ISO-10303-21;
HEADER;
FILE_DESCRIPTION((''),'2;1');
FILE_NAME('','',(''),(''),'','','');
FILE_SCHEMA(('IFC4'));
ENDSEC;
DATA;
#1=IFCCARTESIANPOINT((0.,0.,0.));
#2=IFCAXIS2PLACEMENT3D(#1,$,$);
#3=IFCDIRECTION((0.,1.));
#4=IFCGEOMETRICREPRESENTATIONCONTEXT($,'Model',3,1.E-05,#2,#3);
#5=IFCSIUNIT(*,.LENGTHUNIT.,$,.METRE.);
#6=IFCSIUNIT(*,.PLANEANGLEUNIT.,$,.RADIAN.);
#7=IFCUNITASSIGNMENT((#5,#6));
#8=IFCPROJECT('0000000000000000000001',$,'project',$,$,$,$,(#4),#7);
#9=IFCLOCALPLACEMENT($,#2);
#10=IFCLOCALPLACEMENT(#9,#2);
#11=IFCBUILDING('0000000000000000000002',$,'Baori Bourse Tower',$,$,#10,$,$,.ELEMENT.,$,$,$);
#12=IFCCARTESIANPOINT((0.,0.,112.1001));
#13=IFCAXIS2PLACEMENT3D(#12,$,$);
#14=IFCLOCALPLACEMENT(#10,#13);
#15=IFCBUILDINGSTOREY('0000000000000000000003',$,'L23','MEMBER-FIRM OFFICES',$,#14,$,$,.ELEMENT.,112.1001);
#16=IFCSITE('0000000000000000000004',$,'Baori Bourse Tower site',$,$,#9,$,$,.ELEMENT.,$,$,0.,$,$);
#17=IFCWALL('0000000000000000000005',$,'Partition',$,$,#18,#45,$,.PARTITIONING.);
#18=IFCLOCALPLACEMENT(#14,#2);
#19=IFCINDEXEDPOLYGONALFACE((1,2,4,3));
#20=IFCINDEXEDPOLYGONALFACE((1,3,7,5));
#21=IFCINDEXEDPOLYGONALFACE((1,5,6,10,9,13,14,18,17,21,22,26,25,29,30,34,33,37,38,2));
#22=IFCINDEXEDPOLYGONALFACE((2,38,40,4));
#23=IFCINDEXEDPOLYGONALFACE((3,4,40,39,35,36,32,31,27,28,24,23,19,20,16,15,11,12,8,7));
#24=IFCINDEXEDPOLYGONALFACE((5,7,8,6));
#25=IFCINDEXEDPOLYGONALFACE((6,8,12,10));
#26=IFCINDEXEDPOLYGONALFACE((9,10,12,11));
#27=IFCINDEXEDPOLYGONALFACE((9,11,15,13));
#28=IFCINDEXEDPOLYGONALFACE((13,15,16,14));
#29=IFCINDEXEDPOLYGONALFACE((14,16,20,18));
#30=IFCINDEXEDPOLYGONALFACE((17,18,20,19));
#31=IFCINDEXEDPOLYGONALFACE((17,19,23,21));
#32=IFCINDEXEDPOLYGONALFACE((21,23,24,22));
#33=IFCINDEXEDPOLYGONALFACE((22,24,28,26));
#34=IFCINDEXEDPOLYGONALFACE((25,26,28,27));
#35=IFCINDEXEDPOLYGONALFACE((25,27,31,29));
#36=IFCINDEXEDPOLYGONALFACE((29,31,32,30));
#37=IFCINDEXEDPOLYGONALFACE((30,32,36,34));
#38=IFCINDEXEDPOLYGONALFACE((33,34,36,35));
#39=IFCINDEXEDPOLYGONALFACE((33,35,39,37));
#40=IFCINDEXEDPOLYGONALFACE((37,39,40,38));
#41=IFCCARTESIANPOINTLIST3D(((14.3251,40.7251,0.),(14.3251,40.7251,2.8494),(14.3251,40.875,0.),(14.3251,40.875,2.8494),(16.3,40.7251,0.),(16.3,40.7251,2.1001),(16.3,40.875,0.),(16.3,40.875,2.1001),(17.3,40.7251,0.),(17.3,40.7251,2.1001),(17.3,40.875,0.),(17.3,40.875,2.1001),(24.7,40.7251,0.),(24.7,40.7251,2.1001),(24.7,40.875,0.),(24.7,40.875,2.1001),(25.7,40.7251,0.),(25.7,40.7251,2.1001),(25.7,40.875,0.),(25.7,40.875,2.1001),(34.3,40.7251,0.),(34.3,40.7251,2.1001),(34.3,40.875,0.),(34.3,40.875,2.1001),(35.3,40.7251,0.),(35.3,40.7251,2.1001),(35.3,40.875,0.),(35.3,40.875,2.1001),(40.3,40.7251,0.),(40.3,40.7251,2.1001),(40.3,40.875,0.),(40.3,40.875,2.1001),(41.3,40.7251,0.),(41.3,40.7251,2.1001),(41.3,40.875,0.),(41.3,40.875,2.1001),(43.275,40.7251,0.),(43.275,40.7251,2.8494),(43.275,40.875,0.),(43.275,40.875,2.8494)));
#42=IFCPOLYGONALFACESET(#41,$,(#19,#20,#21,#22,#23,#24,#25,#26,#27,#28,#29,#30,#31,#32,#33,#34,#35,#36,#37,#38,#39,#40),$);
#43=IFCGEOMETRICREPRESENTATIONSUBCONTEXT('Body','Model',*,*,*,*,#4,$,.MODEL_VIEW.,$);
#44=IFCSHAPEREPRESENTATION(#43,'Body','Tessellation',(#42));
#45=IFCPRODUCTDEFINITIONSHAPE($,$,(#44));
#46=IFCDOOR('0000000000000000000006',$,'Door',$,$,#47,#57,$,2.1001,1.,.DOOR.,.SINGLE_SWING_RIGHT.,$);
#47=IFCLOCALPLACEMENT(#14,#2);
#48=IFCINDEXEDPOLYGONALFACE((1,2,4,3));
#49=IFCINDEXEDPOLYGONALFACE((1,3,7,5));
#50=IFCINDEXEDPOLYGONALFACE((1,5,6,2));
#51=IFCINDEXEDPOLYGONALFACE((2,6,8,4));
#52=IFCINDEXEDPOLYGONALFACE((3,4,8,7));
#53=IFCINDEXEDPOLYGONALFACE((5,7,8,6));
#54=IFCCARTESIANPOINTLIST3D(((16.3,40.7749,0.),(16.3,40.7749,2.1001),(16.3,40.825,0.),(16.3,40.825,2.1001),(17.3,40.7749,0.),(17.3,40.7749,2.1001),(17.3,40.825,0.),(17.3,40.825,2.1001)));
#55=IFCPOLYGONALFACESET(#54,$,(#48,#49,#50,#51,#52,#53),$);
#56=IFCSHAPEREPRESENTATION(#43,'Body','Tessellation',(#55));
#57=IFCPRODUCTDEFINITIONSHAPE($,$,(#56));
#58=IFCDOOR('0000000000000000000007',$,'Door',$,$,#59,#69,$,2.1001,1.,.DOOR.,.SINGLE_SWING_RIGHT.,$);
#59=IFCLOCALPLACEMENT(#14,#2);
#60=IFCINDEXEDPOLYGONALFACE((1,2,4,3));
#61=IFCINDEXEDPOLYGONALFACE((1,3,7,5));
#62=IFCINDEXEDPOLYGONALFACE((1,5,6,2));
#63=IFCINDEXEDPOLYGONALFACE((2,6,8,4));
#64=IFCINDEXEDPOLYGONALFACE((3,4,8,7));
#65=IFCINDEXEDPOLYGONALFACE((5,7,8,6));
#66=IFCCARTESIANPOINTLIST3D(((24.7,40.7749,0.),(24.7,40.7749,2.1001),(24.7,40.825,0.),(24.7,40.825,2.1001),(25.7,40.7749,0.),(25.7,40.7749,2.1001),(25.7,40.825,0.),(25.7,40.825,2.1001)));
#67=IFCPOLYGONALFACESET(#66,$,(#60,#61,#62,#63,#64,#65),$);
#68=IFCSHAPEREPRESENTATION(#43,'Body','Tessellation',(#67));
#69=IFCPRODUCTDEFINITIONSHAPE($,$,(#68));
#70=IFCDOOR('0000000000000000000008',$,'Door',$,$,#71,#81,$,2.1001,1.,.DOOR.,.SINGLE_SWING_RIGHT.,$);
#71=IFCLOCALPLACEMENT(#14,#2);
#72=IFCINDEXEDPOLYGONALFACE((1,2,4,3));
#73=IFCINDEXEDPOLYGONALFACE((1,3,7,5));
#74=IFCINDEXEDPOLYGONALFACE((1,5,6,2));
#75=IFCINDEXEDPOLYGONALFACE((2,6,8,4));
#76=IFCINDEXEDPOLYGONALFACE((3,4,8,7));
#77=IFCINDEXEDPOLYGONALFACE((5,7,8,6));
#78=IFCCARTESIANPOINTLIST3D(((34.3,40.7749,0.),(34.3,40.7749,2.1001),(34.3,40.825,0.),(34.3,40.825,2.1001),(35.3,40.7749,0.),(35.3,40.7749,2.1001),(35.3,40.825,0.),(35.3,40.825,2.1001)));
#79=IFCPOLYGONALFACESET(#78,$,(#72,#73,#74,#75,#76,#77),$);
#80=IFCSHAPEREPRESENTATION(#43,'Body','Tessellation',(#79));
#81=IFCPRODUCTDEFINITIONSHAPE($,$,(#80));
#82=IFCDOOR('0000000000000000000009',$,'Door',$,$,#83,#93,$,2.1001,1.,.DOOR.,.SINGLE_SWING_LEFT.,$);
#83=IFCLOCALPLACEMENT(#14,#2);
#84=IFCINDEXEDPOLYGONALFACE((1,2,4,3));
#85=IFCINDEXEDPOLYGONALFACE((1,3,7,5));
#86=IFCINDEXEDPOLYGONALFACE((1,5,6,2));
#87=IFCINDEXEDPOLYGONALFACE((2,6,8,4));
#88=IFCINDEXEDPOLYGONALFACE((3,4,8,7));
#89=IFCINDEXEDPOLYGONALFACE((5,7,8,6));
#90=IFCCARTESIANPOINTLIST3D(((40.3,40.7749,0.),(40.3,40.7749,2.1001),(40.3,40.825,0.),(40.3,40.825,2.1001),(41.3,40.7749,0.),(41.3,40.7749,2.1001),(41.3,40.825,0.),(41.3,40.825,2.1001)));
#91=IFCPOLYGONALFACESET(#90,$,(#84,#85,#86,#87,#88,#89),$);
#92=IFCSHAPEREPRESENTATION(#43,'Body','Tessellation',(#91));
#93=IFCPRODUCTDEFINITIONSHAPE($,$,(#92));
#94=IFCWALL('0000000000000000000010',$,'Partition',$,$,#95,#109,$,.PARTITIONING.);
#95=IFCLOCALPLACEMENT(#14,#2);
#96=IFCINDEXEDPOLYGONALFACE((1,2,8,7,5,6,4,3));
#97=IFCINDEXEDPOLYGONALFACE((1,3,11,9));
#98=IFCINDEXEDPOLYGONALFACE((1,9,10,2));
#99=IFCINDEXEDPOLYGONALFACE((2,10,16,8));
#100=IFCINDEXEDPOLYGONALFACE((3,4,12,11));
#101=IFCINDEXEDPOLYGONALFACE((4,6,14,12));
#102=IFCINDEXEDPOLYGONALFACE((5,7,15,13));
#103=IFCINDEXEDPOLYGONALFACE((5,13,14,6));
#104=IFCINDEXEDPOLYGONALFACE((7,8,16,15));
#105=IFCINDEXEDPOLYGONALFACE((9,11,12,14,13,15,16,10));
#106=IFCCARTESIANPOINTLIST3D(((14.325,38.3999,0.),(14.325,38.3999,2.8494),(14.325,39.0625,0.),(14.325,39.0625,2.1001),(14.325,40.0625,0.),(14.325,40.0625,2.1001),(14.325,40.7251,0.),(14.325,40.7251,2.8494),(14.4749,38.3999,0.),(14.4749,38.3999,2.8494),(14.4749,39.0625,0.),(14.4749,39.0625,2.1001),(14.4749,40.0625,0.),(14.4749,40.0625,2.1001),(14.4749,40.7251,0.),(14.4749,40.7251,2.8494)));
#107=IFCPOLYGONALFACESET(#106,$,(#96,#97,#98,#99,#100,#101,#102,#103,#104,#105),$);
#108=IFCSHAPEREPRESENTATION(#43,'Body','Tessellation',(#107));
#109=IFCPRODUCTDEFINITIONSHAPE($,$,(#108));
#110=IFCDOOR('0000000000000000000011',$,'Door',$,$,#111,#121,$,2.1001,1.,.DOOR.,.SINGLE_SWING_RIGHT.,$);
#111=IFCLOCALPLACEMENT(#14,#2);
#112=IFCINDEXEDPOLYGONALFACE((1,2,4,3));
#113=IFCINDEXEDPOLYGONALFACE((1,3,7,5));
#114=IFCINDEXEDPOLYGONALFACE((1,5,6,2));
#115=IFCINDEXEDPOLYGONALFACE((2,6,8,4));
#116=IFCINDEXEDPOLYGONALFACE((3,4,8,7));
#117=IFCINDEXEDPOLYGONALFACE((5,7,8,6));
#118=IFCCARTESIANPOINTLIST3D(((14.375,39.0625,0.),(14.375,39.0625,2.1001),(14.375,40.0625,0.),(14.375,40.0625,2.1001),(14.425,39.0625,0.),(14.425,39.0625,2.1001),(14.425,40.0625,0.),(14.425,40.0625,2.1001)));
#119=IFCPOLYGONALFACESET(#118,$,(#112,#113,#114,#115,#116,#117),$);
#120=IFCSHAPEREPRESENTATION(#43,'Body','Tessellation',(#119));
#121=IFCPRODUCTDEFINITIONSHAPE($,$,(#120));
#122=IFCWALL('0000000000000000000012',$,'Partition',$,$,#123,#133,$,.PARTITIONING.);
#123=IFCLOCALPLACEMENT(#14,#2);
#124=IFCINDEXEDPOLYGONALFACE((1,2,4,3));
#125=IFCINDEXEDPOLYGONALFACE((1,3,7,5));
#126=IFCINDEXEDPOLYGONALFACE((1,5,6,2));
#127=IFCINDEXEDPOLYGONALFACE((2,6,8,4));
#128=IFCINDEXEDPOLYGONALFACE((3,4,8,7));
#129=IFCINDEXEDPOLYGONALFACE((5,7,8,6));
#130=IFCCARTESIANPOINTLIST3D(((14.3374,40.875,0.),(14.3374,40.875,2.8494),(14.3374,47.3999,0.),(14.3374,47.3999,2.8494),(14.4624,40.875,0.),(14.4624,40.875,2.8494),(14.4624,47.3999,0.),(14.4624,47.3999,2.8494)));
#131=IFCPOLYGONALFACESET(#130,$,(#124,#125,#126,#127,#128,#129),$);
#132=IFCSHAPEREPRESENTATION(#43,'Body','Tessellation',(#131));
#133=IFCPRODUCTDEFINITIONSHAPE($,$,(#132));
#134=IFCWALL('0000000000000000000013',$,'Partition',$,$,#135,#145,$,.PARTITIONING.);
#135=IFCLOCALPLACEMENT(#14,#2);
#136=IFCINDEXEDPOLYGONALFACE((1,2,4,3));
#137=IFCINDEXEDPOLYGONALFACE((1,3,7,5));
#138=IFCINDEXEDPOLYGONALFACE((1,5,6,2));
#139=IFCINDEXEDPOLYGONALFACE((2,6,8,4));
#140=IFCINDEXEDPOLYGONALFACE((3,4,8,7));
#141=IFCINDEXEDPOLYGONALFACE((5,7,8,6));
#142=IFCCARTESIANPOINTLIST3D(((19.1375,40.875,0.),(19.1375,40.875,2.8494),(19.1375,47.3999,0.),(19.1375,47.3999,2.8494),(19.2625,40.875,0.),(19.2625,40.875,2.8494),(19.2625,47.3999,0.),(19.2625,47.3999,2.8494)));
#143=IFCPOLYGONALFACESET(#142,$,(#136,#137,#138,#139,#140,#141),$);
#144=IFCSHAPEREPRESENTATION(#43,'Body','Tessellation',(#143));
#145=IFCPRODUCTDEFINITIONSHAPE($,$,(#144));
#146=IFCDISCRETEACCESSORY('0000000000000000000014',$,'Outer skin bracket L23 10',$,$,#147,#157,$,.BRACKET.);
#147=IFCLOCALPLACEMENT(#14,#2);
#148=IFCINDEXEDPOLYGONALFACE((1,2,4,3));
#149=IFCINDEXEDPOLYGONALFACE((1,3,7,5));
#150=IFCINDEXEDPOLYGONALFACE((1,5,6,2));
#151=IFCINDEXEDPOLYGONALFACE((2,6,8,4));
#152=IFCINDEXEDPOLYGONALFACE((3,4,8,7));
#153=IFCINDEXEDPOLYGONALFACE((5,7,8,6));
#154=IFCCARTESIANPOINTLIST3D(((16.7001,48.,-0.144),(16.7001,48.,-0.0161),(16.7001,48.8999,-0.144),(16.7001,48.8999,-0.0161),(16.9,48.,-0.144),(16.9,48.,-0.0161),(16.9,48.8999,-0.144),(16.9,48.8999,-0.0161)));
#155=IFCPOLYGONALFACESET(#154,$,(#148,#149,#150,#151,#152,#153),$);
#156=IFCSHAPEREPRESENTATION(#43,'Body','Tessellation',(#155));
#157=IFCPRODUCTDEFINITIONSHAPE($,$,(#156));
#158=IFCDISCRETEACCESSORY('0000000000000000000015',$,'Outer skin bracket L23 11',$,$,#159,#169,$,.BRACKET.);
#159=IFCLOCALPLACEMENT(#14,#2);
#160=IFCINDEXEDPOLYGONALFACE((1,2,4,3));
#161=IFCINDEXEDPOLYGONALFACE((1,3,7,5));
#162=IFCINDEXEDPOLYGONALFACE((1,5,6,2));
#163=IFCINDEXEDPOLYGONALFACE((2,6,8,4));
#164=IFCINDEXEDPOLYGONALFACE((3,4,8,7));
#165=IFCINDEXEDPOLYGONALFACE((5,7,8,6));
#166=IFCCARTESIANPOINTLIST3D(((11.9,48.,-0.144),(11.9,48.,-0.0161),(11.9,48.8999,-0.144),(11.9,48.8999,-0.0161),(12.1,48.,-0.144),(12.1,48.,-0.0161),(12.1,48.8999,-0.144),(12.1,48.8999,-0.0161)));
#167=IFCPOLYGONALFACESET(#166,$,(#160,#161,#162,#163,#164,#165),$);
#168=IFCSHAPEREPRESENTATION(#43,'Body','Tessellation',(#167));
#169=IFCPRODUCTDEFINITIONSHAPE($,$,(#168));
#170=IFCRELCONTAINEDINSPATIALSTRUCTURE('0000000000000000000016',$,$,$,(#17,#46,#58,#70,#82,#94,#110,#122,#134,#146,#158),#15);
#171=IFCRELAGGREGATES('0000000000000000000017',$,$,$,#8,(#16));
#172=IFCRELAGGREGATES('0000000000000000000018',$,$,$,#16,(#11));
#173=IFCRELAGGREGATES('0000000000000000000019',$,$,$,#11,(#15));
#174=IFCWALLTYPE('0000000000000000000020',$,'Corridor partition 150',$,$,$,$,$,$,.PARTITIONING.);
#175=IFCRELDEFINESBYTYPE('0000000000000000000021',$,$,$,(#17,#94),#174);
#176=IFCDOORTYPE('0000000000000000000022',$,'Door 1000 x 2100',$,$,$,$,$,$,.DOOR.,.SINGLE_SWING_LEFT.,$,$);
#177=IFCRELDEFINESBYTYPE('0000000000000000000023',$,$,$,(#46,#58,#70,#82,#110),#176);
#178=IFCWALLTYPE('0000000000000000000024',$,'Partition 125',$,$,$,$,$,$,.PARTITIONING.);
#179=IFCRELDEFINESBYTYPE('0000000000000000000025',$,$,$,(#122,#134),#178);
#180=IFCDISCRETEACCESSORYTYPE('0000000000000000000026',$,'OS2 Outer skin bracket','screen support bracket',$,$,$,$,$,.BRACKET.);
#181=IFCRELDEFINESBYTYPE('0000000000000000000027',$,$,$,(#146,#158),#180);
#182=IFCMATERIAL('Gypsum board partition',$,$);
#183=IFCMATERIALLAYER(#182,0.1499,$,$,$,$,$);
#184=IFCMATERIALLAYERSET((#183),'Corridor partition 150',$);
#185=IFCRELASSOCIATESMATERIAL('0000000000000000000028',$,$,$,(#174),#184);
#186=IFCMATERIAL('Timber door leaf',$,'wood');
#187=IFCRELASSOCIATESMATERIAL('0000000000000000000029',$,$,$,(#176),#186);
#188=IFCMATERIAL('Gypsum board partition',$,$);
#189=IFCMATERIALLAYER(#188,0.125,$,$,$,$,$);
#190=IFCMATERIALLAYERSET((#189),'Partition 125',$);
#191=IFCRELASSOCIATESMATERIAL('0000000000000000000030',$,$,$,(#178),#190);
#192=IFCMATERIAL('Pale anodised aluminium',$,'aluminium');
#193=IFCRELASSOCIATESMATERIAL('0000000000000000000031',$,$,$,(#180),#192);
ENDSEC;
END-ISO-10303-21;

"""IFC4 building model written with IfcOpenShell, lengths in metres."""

from ifc_helpers import new_model, si_unit, direction, frame, frame_2d, origin, origin_2d, place, context, subcontext, project, spatial, rectangle, extrude, material, layer, layer_set, type_object, element, fill, save


model = new_model("IFC4")

# Units and contexts
model_context = context("Model", 3, precision=1e-05, world=origin(), true_north=direction((0.0, 1.0)))
body_context = subcontext(model_context, "Body", "Model", "MODEL_VIEW")
ifc_project = project(units=[si_unit("LENGTHUNIT", "METRE"), si_unit("PLANEANGLEUNIT", "RADIAN")], contexts=[model_context])

# Site, building, storey
site_placement = place(None, origin())
site = spatial("IfcSite", under=ifc_project, at=site_placement, Name="Baori Bourse Tower site", CompositionType="ELEMENT", RefElevation=0.0)
building_placement = place(site_placement, origin())
building = spatial("IfcBuilding", under=site, at=building_placement, Name="Baori Bourse Tower", CompositionType="ELEMENT")
storey_placement = place(building_placement, frame((0.0, 0.0, 112.1001)))
storey = spatial("IfcBuildingStorey", under=building, at=storey_placement, Name="L23", Description="MEMBER-FIRM OFFICES", CompositionType="ELEMENT", Elevation=112.1001)

# Wall, openings, doors
ifc_material_1 = material(Name="Gypsum board partition")
ifc_layer_1 = layer(ifc_material_1, 0.1499)
ifc_layer_set_1 = layer_set([ifc_layer_1], Name="Corridor partition 150")
wall_type_1 = type_object("IfcWallType", Name="Corridor partition 150", PredefinedType="PARTITIONING", material=ifc_layer_set_1)
wall_1_placement = place(storey_placement, frame((14.325, 40.8, 0.0), z_axis=(0.0, 0.0, 1.0), x_axis=(1.0, 0.0, 0.0)))
wall_1 = element("IfcWall", 1, at=wall_1_placement, inside=storey, type_object=wall_type_1, Name="Partition", PredefinedType="PARTITIONING", context=body_context, shape_type="SweptSolid", body=[
    extrude(rectangle(XDim=28.95, YDim=0.1499, at=frame_2d((14.4751, 0.0))), origin(), (0.0, 0.0, 1.0), 2.8494),
])
opening_1_placement = place(wall_1_placement, frame((1.9751, 0.0, 0.0)))
opening_1 = element("IfcOpeningElement", 2, at=opening_1_placement, cuts=wall_1, PredefinedType="OPENING", context=body_context, shape_type="SweptSolid", body=[
    extrude(rectangle(XDim=1.0, YDim=2.1001, at=frame_2d((0.5, 1.05))), frame((0.0, 0.085, 0.0), z_axis=(0.0, -1.0, 0.0), x_axis=(1.0, 0.0, 0.0)), (0.0, 0.0, 1.0), 0.1699),
])
opening_2_placement = place(wall_1_placement, frame((10.375, 0.0, 0.0)))
opening_2 = element("IfcOpeningElement", 3, at=opening_2_placement, cuts=wall_1, PredefinedType="OPENING", context=body_context, shape_type="SweptSolid", body=[
    extrude(rectangle(XDim=1.0, YDim=2.1001, at=frame_2d((0.5, 1.05))), frame((0.0, 0.085, 0.0), z_axis=(0.0, -1.0, 0.0), x_axis=(1.0, 0.0, 0.0)), (0.0, 0.0, 1.0), 0.1699),
])
opening_3_placement = place(wall_1_placement, frame((19.9751, 0.0, 0.0)))
opening_3 = element("IfcOpeningElement", 4, at=opening_3_placement, cuts=wall_1, PredefinedType="OPENING", context=body_context, shape_type="SweptSolid", body=[
    extrude(rectangle(XDim=1.0, YDim=2.1001, at=frame_2d((0.5, 1.05))), frame((0.0, 0.085, 0.0), z_axis=(0.0, -1.0, 0.0), x_axis=(1.0, 0.0, 0.0)), (0.0, 0.0, 1.0), 0.1699),
])
opening_4_placement = place(wall_1_placement, frame((25.9751, 0.0, 0.0)))
opening_4 = element("IfcOpeningElement", 5, at=opening_4_placement, cuts=wall_1, PredefinedType="OPENING", context=body_context, shape_type="SweptSolid", body=[
    extrude(rectangle(XDim=1.0, YDim=2.1001, at=frame_2d((0.5, 1.05))), frame((0.0, 0.085, 0.0), z_axis=(0.0, -1.0, 0.0), x_axis=(1.0, 0.0, 0.0)), (0.0, 0.0, 1.0), 0.1699),
])
ifc_material_2 = material(Name="Timber door leaf", Category="wood")
door_type_1 = type_object("IfcDoorType", Name="Door 1000 x 2100", OperationType="SINGLE_SWING_LEFT", PredefinedType="DOOR", material=ifc_material_2)
door_1_placement = place(opening_1_placement, origin())
door_1 = element("IfcDoor", 6, at=door_1_placement, inside=storey, type_object=door_type_1, Name="Door", OperationType="SINGLE_SWING_RIGHT", OverallHeight=2.1001, OverallWidth=1.0, PredefinedType="DOOR", context=body_context, shape_type="SweptSolid", body=[
    extrude(rectangle(XDim=1.0, YDim=2.1001, at=frame_2d((0.5, 1.05))), frame((0.0, 0.0249, 0.0), z_axis=(0.0, -1.0, 0.0), x_axis=(1.0, 0.0, 0.0)), (0.0, 0.0, 1.0), 0.05),
])
fill(opening_1, door_1)
door_2_placement = place(opening_2_placement, origin())
door_2 = element("IfcDoor", 7, at=door_2_placement, inside=storey, type_object=door_type_1, Name="Door", OperationType="SINGLE_SWING_RIGHT", OverallHeight=2.1001, OverallWidth=1.0, PredefinedType="DOOR", context=body_context, shape_type="SweptSolid", body=[
    extrude(rectangle(XDim=1.0, YDim=2.1001, at=frame_2d((0.5, 1.05))), frame((0.0, 0.0249, 0.0), z_axis=(0.0, -1.0, 0.0), x_axis=(1.0, 0.0, 0.0)), (0.0, 0.0, 1.0), 0.05),
])
fill(opening_2, door_2)
door_3_placement = place(opening_3_placement, origin())
door_3 = element("IfcDoor", 8, at=door_3_placement, inside=storey, type_object=door_type_1, Name="Door", OperationType="SINGLE_SWING_RIGHT", OverallHeight=2.1001, OverallWidth=1.0, PredefinedType="DOOR", context=body_context, shape_type="SweptSolid", body=[
    extrude(rectangle(XDim=1.0, YDim=2.1001, at=frame_2d((0.5, 1.05))), frame((0.0, 0.0249, 0.0), z_axis=(0.0, -1.0, 0.0), x_axis=(1.0, 0.0, 0.0)), (0.0, 0.0, 1.0), 0.05),
])
fill(opening_3, door_3)
door_4_placement = place(opening_4_placement, origin())
door_4 = element("IfcDoor", 9, at=door_4_placement, inside=storey, type_object=door_type_1, Name="Door", OperationType="SINGLE_SWING_LEFT", OverallHeight=2.1001, OverallWidth=1.0, PredefinedType="DOOR", context=body_context, shape_type="SweptSolid", body=[
    extrude(rectangle(XDim=1.0, YDim=2.1001, at=frame_2d((0.5, 1.05))), frame((0.0, 0.0249, 0.0), z_axis=(0.0, -1.0, 0.0), x_axis=(1.0, 0.0, 0.0)), (0.0, 0.0, 1.0), 0.05),
])
fill(opening_4, door_4)

# Wall, opening, door
wall_2_placement = place(storey_placement, frame((14.3999, 38.3999, 0.0), z_axis=(0.0, 0.0, 1.0), x_axis=(0.0, 1.0, 0.0)))
wall_2 = element("IfcWall", 10, at=wall_2_placement, inside=storey, type_object=wall_type_1, Name="Partition", PredefinedType="PARTITIONING", context=body_context, shape_type="SweptSolid", body=[
    extrude(rectangle(XDim=2.3252, YDim=0.1499, at=frame_2d((1.1626, 0.0))), origin(), (0.0, 0.0, 1.0), 2.8494),
])
opening_5_placement = place(wall_2_placement, frame((0.6626, 0.0, 0.0)))
opening_5 = element("IfcOpeningElement", 11, at=opening_5_placement, cuts=wall_2, PredefinedType="OPENING", context=body_context, shape_type="SweptSolid", body=[
    extrude(rectangle(XDim=1.0, YDim=2.1001, at=frame_2d((0.5, 1.05))), frame((0.0, 0.085, 0.0), z_axis=(0.0, -1.0, 0.0), x_axis=(1.0, 0.0, 0.0)), (0.0, 0.0, 1.0), 0.1699),
])
door_5_placement = place(opening_5_placement, origin())
door_5 = element("IfcDoor", 12, at=door_5_placement, inside=storey, type_object=door_type_1, Name="Door", OperationType="SINGLE_SWING_RIGHT", OverallHeight=2.1001, OverallWidth=1.0, PredefinedType="DOOR", context=body_context, shape_type="SweptSolid", body=[
    extrude(rectangle(XDim=1.0, YDim=2.1001, at=frame_2d((0.5, 1.05))), frame((0.0, 0.0249, 0.0), z_axis=(0.0, -1.0, 0.0), x_axis=(1.0, 0.0, 0.0)), (0.0, 0.0, 1.0), 0.05),
])
fill(opening_5, door_5)

# Walls
ifc_material_3 = material(Name="Gypsum board partition")
ifc_layer_2 = layer(ifc_material_3, 0.125)
ifc_layer_set_2 = layer_set([ifc_layer_2], Name="Partition 125")
wall_type_2 = type_object("IfcWallType", Name="Partition 125", PredefinedType="PARTITIONING", material=ifc_layer_set_2)
for number, where, z_axis, x_axis, name in (
    (13, (14.3999, 40.875, 0.0), (0.0, 0.0, 1.0), (0.0, 1.0, 0.0), "Partition"),
    (14, (19.2, 40.875, 0.0), (0.0, 0.0, 1.0), (0.0, 1.0, 0.0), "Partition"),
):
    element("IfcWall", number, at=place(storey_placement, frame(where, z_axis=z_axis, x_axis=x_axis)), inside=storey, type_object=wall_type_2, Name=name, PredefinedType="PARTITIONING", context=body_context, shape_type="SweptSolid", body=[
        extrude(rectangle(XDim=6.5249, YDim=0.125, at=frame_2d((3.2625, 0.0))), origin(), (0.0, 0.0, 1.0), 2.8494),
    ])

# Discrete accessories
ifc_material_4 = material(Name="Pale anodised aluminium", Category="aluminium")
discrete_accessory_type = type_object("IfcDiscreteAccessoryType", Name="OS2 Outer skin bracket", Description="screen support bracket", PredefinedType="BRACKET", material=ifc_material_4)
for number, where, z_axis, x_axis, name in (
    (15, (16.8, 48.45, -0.144), (0.0, 0.0, 1.0), (-1.0, 0.0, 0.0), "Outer skin bracket L23 10"),
    (16, (12.0, 48.45, -0.144), (0.0, 0.0, 1.0), (-1.0, 0.0, 0.0), "Outer skin bracket L23 11"),
):
    element("IfcDiscreteAccessory", number, at=place(storey_placement, frame(where, z_axis=z_axis, x_axis=x_axis)), inside=storey, type_object=discrete_accessory_type, Name=name, PredefinedType="BRACKET", context=body_context, shape_type="SweptSolid", body=[
        extrude(rectangle(XDim=0.2, YDim=0.8999, at=origin_2d()), origin(), (0.0, 0.0, 1.0), 0.1279),
    ])

save(model, "model.ifc")
